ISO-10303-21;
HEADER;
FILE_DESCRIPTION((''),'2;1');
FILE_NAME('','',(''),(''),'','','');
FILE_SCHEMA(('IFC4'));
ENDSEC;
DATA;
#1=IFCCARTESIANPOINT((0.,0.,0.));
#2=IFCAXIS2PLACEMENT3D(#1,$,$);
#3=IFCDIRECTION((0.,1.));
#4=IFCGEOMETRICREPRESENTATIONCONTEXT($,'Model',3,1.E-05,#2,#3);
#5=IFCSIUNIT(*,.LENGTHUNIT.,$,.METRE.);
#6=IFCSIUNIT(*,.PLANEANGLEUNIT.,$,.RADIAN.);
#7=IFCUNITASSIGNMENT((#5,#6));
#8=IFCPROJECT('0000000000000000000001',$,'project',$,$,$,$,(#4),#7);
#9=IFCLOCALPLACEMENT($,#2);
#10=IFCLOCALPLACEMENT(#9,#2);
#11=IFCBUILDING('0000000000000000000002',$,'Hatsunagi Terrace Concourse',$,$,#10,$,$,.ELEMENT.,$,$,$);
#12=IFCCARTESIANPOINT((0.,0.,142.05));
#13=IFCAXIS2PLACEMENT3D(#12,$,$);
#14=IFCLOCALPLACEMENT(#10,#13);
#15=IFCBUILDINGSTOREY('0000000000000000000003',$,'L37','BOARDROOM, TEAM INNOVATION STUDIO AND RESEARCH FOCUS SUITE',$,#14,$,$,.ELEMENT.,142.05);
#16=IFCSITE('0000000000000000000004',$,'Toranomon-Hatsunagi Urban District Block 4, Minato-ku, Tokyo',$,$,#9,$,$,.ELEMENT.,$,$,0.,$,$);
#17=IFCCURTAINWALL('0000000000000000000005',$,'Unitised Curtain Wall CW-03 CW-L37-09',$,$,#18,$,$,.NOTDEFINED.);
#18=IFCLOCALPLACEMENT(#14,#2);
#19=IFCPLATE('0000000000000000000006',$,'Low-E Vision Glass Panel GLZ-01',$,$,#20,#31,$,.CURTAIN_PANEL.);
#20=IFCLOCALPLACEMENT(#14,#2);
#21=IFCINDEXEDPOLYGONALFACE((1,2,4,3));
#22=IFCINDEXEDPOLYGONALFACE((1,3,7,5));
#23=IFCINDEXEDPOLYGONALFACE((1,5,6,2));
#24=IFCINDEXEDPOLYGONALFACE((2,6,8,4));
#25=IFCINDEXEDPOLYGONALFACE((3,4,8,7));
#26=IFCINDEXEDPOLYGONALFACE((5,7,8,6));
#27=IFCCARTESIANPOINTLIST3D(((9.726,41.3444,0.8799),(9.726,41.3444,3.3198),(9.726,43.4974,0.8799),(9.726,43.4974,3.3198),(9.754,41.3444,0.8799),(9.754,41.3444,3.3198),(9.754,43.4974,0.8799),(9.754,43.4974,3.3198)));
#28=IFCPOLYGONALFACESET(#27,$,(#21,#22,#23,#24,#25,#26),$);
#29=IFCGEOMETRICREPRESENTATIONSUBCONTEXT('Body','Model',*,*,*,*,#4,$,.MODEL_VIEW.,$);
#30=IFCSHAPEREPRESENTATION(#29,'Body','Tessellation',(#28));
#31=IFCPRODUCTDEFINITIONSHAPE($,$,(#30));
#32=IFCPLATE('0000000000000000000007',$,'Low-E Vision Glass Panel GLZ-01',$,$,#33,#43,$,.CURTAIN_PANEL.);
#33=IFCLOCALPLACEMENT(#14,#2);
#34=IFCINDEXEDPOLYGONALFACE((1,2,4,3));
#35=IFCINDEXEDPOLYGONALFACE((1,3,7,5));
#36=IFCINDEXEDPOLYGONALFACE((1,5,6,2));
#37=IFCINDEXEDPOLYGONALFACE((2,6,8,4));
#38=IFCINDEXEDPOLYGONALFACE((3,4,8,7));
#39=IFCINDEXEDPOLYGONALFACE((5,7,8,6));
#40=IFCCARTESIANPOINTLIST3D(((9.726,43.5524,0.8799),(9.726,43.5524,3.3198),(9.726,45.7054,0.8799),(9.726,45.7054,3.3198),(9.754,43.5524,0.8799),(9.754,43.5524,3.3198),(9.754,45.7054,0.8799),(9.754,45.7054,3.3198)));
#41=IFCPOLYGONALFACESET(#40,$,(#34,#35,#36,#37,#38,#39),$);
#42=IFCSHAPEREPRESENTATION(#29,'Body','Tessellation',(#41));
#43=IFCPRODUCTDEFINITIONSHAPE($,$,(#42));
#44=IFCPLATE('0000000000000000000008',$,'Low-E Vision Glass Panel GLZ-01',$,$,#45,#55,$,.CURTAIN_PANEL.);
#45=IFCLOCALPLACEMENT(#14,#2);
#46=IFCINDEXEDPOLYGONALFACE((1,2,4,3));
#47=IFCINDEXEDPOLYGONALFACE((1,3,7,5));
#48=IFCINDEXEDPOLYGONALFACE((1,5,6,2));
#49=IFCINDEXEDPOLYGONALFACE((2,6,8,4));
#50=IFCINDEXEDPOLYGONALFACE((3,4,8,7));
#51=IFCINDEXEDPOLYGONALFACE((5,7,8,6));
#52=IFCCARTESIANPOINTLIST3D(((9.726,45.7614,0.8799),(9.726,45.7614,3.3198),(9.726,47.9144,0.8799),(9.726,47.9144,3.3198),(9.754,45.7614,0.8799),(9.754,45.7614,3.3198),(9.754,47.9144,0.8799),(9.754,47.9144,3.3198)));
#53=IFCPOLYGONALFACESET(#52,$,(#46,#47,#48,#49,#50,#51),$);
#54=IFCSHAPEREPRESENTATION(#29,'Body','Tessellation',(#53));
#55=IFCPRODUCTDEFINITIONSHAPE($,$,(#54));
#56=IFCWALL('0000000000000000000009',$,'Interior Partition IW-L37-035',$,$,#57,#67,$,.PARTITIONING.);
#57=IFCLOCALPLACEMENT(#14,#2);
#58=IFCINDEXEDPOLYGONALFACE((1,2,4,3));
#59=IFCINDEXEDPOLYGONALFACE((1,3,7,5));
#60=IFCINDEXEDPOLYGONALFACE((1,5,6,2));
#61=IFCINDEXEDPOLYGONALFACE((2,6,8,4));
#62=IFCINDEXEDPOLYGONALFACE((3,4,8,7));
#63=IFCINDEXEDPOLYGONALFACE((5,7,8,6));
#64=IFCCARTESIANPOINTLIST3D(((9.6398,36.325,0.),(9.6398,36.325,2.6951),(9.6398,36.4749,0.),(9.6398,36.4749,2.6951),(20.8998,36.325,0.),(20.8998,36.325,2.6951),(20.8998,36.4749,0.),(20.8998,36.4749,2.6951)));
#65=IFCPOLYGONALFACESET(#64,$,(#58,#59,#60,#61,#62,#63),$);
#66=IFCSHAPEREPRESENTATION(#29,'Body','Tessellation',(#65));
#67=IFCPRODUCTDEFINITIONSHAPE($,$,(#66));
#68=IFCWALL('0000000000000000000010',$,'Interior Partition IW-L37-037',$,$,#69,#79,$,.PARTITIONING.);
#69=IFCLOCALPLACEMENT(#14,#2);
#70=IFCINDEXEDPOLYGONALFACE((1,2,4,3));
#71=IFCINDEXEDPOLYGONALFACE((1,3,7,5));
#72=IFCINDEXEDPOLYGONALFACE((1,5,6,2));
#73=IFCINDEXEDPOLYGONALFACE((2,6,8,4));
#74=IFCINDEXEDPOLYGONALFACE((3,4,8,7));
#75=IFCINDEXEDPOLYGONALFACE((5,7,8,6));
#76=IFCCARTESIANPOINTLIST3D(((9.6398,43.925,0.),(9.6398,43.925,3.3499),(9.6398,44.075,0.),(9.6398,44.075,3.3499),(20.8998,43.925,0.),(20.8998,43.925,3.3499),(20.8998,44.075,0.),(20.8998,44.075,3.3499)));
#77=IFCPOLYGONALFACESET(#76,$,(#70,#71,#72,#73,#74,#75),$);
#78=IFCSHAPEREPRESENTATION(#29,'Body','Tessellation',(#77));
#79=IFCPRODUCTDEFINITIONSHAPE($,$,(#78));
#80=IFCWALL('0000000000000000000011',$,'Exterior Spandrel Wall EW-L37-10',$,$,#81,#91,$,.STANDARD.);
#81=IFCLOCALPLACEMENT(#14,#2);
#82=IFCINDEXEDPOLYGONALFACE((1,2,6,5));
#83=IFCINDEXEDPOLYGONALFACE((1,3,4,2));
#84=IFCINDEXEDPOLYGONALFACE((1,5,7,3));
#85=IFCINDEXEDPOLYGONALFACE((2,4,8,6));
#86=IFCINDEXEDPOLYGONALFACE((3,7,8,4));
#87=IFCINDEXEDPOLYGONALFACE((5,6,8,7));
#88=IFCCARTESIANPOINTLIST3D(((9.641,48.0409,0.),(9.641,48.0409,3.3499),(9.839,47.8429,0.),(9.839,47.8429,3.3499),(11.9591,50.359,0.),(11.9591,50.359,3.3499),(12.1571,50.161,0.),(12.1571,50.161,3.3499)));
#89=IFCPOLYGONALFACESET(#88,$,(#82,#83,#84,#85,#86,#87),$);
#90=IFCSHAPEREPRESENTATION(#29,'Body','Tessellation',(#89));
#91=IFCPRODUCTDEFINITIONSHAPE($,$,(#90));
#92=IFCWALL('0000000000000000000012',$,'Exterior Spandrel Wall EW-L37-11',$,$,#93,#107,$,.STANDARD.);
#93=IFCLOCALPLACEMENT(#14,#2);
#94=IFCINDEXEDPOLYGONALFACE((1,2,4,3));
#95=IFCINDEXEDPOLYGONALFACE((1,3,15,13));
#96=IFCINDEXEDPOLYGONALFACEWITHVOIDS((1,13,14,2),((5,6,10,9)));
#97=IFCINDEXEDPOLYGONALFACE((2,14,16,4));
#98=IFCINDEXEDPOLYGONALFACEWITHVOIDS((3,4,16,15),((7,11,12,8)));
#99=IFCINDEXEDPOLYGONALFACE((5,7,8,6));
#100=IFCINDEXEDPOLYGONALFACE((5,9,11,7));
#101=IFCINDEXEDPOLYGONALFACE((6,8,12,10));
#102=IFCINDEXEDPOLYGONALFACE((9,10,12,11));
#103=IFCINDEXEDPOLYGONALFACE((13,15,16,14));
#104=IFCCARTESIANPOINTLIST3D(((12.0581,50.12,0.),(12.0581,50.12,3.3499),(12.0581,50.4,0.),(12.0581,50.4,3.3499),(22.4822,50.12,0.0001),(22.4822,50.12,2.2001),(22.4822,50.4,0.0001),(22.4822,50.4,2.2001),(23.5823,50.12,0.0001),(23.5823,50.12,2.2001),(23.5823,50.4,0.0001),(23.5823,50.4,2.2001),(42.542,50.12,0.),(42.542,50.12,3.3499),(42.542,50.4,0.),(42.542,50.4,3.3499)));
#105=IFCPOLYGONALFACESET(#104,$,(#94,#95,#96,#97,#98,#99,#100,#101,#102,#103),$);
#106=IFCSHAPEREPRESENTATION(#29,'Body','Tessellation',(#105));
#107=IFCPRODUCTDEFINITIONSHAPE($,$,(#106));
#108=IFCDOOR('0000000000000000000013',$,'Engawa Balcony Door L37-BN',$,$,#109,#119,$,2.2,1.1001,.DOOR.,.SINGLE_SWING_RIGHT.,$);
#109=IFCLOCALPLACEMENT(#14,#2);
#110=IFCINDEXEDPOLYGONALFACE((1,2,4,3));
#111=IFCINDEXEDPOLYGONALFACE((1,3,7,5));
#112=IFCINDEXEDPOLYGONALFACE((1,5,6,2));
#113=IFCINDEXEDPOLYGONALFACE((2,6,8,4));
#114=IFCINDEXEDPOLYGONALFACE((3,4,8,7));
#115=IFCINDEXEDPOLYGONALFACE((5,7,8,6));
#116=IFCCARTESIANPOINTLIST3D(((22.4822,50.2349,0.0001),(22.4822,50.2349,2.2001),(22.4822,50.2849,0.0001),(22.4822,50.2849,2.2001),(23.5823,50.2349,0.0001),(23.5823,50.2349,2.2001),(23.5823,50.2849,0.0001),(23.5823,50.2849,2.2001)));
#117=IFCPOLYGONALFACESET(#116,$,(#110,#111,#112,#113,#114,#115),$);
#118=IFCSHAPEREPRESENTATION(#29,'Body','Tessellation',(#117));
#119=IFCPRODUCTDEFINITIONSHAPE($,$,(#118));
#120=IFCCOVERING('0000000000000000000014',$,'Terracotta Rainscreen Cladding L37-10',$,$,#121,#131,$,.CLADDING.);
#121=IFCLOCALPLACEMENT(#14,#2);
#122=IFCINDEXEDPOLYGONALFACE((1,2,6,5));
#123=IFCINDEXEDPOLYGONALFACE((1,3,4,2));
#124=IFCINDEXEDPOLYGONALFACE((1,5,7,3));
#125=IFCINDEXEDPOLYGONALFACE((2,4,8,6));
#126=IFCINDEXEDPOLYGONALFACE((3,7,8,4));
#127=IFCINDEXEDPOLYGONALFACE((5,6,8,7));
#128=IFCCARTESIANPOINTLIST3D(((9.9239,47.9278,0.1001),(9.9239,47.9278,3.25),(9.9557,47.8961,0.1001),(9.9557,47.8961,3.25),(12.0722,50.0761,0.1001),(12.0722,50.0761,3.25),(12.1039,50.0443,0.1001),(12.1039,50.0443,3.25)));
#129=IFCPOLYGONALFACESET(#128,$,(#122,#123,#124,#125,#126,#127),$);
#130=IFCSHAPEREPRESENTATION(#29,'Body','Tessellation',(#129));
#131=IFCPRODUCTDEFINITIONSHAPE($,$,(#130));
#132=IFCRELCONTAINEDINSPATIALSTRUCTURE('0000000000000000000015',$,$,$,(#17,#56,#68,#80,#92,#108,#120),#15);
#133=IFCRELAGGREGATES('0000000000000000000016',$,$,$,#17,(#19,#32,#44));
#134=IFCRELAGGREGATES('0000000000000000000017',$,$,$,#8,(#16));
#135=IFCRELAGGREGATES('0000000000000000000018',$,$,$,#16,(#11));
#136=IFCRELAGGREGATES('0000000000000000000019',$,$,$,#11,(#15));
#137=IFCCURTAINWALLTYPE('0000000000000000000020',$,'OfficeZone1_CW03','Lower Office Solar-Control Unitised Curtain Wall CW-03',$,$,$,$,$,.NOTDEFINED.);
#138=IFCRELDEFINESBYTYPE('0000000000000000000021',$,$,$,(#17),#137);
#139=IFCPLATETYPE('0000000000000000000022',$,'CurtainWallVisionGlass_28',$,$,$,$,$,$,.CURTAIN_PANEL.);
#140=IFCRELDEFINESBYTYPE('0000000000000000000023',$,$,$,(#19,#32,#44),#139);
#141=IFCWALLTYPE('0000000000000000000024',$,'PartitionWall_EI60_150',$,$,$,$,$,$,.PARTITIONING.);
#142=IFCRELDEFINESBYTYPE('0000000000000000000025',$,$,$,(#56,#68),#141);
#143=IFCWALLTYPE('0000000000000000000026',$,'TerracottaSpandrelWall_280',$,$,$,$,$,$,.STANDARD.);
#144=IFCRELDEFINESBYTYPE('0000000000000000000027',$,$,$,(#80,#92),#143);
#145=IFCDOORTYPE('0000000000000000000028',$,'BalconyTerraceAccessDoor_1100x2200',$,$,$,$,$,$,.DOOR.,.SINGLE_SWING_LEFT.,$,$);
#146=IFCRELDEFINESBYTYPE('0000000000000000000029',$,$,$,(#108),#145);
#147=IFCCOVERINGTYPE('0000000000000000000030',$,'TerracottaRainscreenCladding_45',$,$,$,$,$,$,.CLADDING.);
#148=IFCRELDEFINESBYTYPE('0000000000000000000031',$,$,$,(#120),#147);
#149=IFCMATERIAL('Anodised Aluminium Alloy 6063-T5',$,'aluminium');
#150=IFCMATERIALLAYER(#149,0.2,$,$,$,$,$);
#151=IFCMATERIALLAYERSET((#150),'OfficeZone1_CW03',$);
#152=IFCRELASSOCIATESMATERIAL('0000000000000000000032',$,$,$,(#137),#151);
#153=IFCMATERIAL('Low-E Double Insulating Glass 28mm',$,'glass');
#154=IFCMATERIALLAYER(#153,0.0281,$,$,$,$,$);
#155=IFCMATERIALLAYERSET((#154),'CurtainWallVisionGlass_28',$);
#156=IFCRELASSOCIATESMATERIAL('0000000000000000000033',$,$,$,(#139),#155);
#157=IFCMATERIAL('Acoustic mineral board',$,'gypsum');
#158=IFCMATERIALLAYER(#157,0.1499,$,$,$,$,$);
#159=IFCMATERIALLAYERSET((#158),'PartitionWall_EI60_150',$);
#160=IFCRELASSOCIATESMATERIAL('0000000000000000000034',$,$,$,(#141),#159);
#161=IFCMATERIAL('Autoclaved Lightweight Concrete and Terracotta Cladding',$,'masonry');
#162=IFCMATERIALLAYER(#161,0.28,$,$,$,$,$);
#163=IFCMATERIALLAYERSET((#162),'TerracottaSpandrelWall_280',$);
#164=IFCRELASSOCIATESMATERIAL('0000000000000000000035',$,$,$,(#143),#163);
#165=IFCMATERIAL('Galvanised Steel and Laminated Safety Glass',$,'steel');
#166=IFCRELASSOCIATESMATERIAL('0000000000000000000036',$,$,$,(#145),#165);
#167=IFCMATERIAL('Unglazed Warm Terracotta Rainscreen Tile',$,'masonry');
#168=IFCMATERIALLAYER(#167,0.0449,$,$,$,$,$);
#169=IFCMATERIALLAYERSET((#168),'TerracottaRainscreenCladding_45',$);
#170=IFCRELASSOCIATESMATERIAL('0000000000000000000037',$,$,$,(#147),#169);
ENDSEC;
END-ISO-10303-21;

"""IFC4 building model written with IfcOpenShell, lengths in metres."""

from ifc_helpers import new_model, si_unit, direction, frame, frame_2d, origin, origin_2d, place, context, subcontext, project, spatial, rectangle, extrude, material, layer, layer_set, type_object, element, fill, aggregate, save


model = new_model("IFC4")

# Units and contexts
model_context = context("Model", 3, precision=1e-05, world=origin(), true_north=direction((0.0, 1.0)))
body_context = subcontext(model_context, "Body", "Model", "MODEL_VIEW")
ifc_project = project(units=[si_unit("LENGTHUNIT", "METRE"), si_unit("PLANEANGLEUNIT", "RADIAN")], contexts=[model_context])

# Site, building, storey
site_placement = place(None, origin())
site = spatial("IfcSite", under=ifc_project, at=site_placement, Name="Toranomon-Hatsunagi Urban District Block 4, Minato-ku, Tokyo", CompositionType="ELEMENT", RefElevation=0.0)
building_placement = place(site_placement, origin())
building = spatial("IfcBuilding", under=site, at=building_placement, Name="Hatsunagi Terrace Concourse", CompositionType="ELEMENT")
storey_placement = place(building_placement, frame((0.0, 0.0, 142.05)))
storey = spatial("IfcBuildingStorey", under=building, at=storey_placement, Name="L37", Description="BOARDROOM, TEAM INNOVATION STUDIO AND RESEARCH FOCUS SUITE", CompositionType="ELEMENT", Elevation=142.05)

# Curtain wall
ifc_material_1 = material(Name="Anodised Aluminium Alloy 6063-T5", Category="aluminium")
ifc_layer_1 = layer(ifc_material_1, 0.2)
ifc_layer_set_1 = layer_set([ifc_layer_1], Name="OfficeZone1_CW03")
curtain_wall_type = type_object("IfcCurtainWallType", Name="OfficeZone1_CW03", Description="Lower Office Solar-Control Unitised Curtain Wall CW-03", PredefinedType="NOTDEFINED", material=ifc_layer_set_1)
curtain_wall_placement = place(storey_placement, origin())
curtain_wall = element("IfcCurtainWall", 1, at=curtain_wall_placement, inside=storey, type_object=curtain_wall_type, Name="Unitised Curtain Wall CW-03 CW-L37-09", PredefinedType="NOTDEFINED")

# Plates
ifc_material_2 = material(Name="Low-E Double Insulating Glass 28mm", Category="glass")
ifc_layer_2 = layer(ifc_material_2, 0.0281)
ifc_layer_set_2 = layer_set([ifc_layer_2], Name="CurtainWallVisionGlass_28")
plate_type_1 = type_object("IfcPlateType", Name="CurtainWallVisionGlass_28", PredefinedType="CURTAIN_PANEL", material=ifc_layer_set_2)
plate_1_placement = place(storey_placement, frame((9.74, 42.4209, 0.8799), z_axis=(0.0, 0.0, 1.0), x_axis=(0.0, 1.0, 0.0)))
plate_1 = element("IfcPlate", 2, at=plate_1_placement, type_object=plate_type_1, Name="Low-E Vision Glass Panel GLZ-01", PredefinedType="CURTAIN_PANEL", context=body_context, shape_type="SweptSolid", body=[
    extrude(rectangle(XDim=2.1531, YDim=0.0281, at=origin_2d()), origin(), (0.0, 0.0, 1.0), 2.4399),
])
plate_2_placement = place(storey_placement, frame((9.74, 44.6289, 0.8799), z_axis=(0.0, 0.0, 1.0), x_axis=(0.0, 1.0, 0.0)))
plate_2 = element("IfcPlate", 3, at=plate_2_placement, type_object=plate_type_1, Name="Low-E Vision Glass Panel GLZ-01", PredefinedType="CURTAIN_PANEL", context=body_context, shape_type="SweptSolid", body=[
    extrude(rectangle(XDim=2.1531, YDim=0.0281, at=origin_2d()), origin(), (0.0, 0.0, 1.0), 2.4399),
])
plate_3_placement = place(storey_placement, frame((9.74, 46.8379, 0.8799), z_axis=(0.0, 0.0, 1.0), x_axis=(0.0, 1.0, 0.0)))
plate_3 = element("IfcPlate", 4, at=plate_3_placement, type_object=plate_type_1, Name="Low-E Vision Glass Panel GLZ-01", PredefinedType="CURTAIN_PANEL", context=body_context, shape_type="SweptSolid", body=[
    extrude(rectangle(XDim=2.1531, YDim=0.0281, at=origin_2d()), origin(), (0.0, 0.0, 1.0), 2.4399),
])
aggregate(curtain_wall, [plate_1, plate_2, plate_3])

# Walls
ifc_material_3 = material(Name="Acoustic mineral board", Category="gypsum")
ifc_layer_3 = layer(ifc_material_3, 0.1499)
ifc_layer_set_3 = layer_set([ifc_layer_3], Name="PartitionWall_EI60_150")
wall_type_1 = type_object("IfcWallType", Name="PartitionWall_EI60_150", PredefinedType="PARTITIONING", material=ifc_layer_set_3)
wall_1_placement = place(storey_placement, frame((9.6399, 36.3999, 0.0), z_axis=(0.0, 0.0, 1.0), x_axis=(1.0, 0.0, 0.0)))
element("IfcWall", 5, at=wall_1_placement, inside=storey, type_object=wall_type_1, Name="Interior Partition IW-L37-035", PredefinedType="PARTITIONING", context=body_context, shape_type="SweptSolid", body=[
    extrude(rectangle(XDim=11.26, YDim=0.1499, at=frame_2d((5.6299, 0.0))), origin(), (0.0, 0.0, 1.0), 2.6951),
])
wall_2_placement = place(storey_placement, frame((9.6399, 44.0, 0.0), z_axis=(0.0, 0.0, 1.0), x_axis=(1.0, 0.0, 0.0)))
element("IfcWall", 6, at=wall_2_placement, inside=storey, type_object=wall_type_1, Name="Interior Partition IW-L37-037", PredefinedType="PARTITIONING", context=body_context, shape_type="SweptSolid", body=[
    extrude(rectangle(XDim=11.26, YDim=0.1499, at=frame_2d((5.6299, 0.0))), origin(), (0.0, 0.0, 1.0), 3.3499),
])
ifc_material_4 = material(Name="Autoclaved Lightweight Concrete and Terracotta Cladding", Category="masonry")
ifc_layer_4 = layer(ifc_material_4, 0.28)
ifc_layer_set_4 = layer_set([ifc_layer_4], Name="TerracottaSpandrelWall_280")
wall_type_2 = type_object("IfcWallType", Name="TerracottaSpandrelWall_280", PredefinedType="STANDARD", material=ifc_layer_set_4)
wall_3_placement = place(storey_placement, frame((9.74, 47.9419, 0.0), z_axis=(0.0, 0.0, 1.0), x_axis=(0.707107, 0.707107, 0.0)))
element("IfcWall", 7, at=wall_3_placement, inside=storey, type_object=wall_type_2, Name="Exterior Spandrel Wall EW-L37-10", PredefinedType="STANDARD", context=body_context, shape_type="SweptSolid", body=[
    extrude(rectangle(XDim=3.2783, YDim=0.28, at=frame_2d((1.6392, 0.0))), origin(), (0.0, 0.0, 1.0), 3.3499),
])

# Wall, opening, door
wall_4_placement = place(storey_placement, frame((12.0581, 50.26, 0.0), z_axis=(0.0, 0.0, 1.0), x_axis=(1.0, 0.0, 0.0)))
wall_4 = element("IfcWall", 8, at=wall_4_placement, inside=storey, type_object=wall_type_2, Name="Exterior Spandrel Wall EW-L37-11", PredefinedType="STANDARD", context=body_context, shape_type="SweptSolid", body=[
    extrude(rectangle(XDim=30.4839, YDim=0.28, at=frame_2d((15.2419, 0.0))), origin(), (0.0, 0.0, 1.0), 3.3499),
])
opening_placement = place(wall_4_placement, frame((10.4241, 0.0, 0.0)))
opening = element("IfcOpeningElement", 9, at=opening_placement, cuts=wall_4, PredefinedType="OPENING", context=body_context, shape_type="SweptSolid", body=[
    extrude(rectangle(XDim=1.1001, YDim=2.2, at=frame_2d((0.55, 1.1001))), frame((0.0, 0.1499, 0.0), z_axis=(0.0, -1.0, 0.0), x_axis=(1.0, 0.0, 0.0)), (0.0, 0.0, 1.0), 0.3),
])
ifc_material_5 = material(Name="Galvanised Steel and Laminated Safety Glass", Category="steel")
door_type = type_object("IfcDoorType", Name="BalconyTerraceAccessDoor_1100x2200", OperationType="SINGLE_SWING_LEFT", PredefinedType="DOOR", material=ifc_material_5)
door_placement = place(opening_placement, origin())
door = element("IfcDoor", 10, at=door_placement, inside=storey, type_object=door_type, Name="Engawa Balcony Door L37-BN", OperationType="SINGLE_SWING_RIGHT", OverallHeight=2.2, OverallWidth=1.1001, PredefinedType="DOOR", context=body_context, shape_type="SweptSolid", body=[
    extrude(rectangle(XDim=1.1001, YDim=2.2, at=frame_2d((0.55, 1.1001))), frame((0.0, 0.0249, 0.0), z_axis=(0.0, -1.0, 0.0), x_axis=(1.0, 0.0, 0.0)), (0.0, 0.0, 1.0), 0.05),
])
fill(opening, door)

# Covering
ifc_material_6 = material(Name="Unglazed Warm Terracotta Rainscreen Tile", Category="masonry")
ifc_layer_5 = layer(ifc_material_6, 0.0449)
ifc_layer_set_5 = layer_set([ifc_layer_5], Name="TerracottaRainscreenCladding_45")
covering_type = type_object("IfcCoveringType", Name="TerracottaRainscreenCladding_45", PredefinedType="CLADDING", material=ifc_layer_set_5)
covering_placement = place(storey_placement, frame((11.0139, 48.9861, 0.1001), z_axis=(0.0, 0.0, 1.0), x_axis=(0.707107, 0.707107, 0.0)))
element("IfcCovering", 11, at=covering_placement, inside=storey, type_object=covering_type, Name="Terracotta Rainscreen Cladding L37-10", PredefinedType="CLADDING", context=body_context, shape_type="SweptSolid", body=[
    extrude(rectangle(XDim=3.0381, YDim=0.0449, at=origin_2d()), origin(), (0.0, 0.0, 1.0), 3.1499),
])

save(model, "model.ifc")
